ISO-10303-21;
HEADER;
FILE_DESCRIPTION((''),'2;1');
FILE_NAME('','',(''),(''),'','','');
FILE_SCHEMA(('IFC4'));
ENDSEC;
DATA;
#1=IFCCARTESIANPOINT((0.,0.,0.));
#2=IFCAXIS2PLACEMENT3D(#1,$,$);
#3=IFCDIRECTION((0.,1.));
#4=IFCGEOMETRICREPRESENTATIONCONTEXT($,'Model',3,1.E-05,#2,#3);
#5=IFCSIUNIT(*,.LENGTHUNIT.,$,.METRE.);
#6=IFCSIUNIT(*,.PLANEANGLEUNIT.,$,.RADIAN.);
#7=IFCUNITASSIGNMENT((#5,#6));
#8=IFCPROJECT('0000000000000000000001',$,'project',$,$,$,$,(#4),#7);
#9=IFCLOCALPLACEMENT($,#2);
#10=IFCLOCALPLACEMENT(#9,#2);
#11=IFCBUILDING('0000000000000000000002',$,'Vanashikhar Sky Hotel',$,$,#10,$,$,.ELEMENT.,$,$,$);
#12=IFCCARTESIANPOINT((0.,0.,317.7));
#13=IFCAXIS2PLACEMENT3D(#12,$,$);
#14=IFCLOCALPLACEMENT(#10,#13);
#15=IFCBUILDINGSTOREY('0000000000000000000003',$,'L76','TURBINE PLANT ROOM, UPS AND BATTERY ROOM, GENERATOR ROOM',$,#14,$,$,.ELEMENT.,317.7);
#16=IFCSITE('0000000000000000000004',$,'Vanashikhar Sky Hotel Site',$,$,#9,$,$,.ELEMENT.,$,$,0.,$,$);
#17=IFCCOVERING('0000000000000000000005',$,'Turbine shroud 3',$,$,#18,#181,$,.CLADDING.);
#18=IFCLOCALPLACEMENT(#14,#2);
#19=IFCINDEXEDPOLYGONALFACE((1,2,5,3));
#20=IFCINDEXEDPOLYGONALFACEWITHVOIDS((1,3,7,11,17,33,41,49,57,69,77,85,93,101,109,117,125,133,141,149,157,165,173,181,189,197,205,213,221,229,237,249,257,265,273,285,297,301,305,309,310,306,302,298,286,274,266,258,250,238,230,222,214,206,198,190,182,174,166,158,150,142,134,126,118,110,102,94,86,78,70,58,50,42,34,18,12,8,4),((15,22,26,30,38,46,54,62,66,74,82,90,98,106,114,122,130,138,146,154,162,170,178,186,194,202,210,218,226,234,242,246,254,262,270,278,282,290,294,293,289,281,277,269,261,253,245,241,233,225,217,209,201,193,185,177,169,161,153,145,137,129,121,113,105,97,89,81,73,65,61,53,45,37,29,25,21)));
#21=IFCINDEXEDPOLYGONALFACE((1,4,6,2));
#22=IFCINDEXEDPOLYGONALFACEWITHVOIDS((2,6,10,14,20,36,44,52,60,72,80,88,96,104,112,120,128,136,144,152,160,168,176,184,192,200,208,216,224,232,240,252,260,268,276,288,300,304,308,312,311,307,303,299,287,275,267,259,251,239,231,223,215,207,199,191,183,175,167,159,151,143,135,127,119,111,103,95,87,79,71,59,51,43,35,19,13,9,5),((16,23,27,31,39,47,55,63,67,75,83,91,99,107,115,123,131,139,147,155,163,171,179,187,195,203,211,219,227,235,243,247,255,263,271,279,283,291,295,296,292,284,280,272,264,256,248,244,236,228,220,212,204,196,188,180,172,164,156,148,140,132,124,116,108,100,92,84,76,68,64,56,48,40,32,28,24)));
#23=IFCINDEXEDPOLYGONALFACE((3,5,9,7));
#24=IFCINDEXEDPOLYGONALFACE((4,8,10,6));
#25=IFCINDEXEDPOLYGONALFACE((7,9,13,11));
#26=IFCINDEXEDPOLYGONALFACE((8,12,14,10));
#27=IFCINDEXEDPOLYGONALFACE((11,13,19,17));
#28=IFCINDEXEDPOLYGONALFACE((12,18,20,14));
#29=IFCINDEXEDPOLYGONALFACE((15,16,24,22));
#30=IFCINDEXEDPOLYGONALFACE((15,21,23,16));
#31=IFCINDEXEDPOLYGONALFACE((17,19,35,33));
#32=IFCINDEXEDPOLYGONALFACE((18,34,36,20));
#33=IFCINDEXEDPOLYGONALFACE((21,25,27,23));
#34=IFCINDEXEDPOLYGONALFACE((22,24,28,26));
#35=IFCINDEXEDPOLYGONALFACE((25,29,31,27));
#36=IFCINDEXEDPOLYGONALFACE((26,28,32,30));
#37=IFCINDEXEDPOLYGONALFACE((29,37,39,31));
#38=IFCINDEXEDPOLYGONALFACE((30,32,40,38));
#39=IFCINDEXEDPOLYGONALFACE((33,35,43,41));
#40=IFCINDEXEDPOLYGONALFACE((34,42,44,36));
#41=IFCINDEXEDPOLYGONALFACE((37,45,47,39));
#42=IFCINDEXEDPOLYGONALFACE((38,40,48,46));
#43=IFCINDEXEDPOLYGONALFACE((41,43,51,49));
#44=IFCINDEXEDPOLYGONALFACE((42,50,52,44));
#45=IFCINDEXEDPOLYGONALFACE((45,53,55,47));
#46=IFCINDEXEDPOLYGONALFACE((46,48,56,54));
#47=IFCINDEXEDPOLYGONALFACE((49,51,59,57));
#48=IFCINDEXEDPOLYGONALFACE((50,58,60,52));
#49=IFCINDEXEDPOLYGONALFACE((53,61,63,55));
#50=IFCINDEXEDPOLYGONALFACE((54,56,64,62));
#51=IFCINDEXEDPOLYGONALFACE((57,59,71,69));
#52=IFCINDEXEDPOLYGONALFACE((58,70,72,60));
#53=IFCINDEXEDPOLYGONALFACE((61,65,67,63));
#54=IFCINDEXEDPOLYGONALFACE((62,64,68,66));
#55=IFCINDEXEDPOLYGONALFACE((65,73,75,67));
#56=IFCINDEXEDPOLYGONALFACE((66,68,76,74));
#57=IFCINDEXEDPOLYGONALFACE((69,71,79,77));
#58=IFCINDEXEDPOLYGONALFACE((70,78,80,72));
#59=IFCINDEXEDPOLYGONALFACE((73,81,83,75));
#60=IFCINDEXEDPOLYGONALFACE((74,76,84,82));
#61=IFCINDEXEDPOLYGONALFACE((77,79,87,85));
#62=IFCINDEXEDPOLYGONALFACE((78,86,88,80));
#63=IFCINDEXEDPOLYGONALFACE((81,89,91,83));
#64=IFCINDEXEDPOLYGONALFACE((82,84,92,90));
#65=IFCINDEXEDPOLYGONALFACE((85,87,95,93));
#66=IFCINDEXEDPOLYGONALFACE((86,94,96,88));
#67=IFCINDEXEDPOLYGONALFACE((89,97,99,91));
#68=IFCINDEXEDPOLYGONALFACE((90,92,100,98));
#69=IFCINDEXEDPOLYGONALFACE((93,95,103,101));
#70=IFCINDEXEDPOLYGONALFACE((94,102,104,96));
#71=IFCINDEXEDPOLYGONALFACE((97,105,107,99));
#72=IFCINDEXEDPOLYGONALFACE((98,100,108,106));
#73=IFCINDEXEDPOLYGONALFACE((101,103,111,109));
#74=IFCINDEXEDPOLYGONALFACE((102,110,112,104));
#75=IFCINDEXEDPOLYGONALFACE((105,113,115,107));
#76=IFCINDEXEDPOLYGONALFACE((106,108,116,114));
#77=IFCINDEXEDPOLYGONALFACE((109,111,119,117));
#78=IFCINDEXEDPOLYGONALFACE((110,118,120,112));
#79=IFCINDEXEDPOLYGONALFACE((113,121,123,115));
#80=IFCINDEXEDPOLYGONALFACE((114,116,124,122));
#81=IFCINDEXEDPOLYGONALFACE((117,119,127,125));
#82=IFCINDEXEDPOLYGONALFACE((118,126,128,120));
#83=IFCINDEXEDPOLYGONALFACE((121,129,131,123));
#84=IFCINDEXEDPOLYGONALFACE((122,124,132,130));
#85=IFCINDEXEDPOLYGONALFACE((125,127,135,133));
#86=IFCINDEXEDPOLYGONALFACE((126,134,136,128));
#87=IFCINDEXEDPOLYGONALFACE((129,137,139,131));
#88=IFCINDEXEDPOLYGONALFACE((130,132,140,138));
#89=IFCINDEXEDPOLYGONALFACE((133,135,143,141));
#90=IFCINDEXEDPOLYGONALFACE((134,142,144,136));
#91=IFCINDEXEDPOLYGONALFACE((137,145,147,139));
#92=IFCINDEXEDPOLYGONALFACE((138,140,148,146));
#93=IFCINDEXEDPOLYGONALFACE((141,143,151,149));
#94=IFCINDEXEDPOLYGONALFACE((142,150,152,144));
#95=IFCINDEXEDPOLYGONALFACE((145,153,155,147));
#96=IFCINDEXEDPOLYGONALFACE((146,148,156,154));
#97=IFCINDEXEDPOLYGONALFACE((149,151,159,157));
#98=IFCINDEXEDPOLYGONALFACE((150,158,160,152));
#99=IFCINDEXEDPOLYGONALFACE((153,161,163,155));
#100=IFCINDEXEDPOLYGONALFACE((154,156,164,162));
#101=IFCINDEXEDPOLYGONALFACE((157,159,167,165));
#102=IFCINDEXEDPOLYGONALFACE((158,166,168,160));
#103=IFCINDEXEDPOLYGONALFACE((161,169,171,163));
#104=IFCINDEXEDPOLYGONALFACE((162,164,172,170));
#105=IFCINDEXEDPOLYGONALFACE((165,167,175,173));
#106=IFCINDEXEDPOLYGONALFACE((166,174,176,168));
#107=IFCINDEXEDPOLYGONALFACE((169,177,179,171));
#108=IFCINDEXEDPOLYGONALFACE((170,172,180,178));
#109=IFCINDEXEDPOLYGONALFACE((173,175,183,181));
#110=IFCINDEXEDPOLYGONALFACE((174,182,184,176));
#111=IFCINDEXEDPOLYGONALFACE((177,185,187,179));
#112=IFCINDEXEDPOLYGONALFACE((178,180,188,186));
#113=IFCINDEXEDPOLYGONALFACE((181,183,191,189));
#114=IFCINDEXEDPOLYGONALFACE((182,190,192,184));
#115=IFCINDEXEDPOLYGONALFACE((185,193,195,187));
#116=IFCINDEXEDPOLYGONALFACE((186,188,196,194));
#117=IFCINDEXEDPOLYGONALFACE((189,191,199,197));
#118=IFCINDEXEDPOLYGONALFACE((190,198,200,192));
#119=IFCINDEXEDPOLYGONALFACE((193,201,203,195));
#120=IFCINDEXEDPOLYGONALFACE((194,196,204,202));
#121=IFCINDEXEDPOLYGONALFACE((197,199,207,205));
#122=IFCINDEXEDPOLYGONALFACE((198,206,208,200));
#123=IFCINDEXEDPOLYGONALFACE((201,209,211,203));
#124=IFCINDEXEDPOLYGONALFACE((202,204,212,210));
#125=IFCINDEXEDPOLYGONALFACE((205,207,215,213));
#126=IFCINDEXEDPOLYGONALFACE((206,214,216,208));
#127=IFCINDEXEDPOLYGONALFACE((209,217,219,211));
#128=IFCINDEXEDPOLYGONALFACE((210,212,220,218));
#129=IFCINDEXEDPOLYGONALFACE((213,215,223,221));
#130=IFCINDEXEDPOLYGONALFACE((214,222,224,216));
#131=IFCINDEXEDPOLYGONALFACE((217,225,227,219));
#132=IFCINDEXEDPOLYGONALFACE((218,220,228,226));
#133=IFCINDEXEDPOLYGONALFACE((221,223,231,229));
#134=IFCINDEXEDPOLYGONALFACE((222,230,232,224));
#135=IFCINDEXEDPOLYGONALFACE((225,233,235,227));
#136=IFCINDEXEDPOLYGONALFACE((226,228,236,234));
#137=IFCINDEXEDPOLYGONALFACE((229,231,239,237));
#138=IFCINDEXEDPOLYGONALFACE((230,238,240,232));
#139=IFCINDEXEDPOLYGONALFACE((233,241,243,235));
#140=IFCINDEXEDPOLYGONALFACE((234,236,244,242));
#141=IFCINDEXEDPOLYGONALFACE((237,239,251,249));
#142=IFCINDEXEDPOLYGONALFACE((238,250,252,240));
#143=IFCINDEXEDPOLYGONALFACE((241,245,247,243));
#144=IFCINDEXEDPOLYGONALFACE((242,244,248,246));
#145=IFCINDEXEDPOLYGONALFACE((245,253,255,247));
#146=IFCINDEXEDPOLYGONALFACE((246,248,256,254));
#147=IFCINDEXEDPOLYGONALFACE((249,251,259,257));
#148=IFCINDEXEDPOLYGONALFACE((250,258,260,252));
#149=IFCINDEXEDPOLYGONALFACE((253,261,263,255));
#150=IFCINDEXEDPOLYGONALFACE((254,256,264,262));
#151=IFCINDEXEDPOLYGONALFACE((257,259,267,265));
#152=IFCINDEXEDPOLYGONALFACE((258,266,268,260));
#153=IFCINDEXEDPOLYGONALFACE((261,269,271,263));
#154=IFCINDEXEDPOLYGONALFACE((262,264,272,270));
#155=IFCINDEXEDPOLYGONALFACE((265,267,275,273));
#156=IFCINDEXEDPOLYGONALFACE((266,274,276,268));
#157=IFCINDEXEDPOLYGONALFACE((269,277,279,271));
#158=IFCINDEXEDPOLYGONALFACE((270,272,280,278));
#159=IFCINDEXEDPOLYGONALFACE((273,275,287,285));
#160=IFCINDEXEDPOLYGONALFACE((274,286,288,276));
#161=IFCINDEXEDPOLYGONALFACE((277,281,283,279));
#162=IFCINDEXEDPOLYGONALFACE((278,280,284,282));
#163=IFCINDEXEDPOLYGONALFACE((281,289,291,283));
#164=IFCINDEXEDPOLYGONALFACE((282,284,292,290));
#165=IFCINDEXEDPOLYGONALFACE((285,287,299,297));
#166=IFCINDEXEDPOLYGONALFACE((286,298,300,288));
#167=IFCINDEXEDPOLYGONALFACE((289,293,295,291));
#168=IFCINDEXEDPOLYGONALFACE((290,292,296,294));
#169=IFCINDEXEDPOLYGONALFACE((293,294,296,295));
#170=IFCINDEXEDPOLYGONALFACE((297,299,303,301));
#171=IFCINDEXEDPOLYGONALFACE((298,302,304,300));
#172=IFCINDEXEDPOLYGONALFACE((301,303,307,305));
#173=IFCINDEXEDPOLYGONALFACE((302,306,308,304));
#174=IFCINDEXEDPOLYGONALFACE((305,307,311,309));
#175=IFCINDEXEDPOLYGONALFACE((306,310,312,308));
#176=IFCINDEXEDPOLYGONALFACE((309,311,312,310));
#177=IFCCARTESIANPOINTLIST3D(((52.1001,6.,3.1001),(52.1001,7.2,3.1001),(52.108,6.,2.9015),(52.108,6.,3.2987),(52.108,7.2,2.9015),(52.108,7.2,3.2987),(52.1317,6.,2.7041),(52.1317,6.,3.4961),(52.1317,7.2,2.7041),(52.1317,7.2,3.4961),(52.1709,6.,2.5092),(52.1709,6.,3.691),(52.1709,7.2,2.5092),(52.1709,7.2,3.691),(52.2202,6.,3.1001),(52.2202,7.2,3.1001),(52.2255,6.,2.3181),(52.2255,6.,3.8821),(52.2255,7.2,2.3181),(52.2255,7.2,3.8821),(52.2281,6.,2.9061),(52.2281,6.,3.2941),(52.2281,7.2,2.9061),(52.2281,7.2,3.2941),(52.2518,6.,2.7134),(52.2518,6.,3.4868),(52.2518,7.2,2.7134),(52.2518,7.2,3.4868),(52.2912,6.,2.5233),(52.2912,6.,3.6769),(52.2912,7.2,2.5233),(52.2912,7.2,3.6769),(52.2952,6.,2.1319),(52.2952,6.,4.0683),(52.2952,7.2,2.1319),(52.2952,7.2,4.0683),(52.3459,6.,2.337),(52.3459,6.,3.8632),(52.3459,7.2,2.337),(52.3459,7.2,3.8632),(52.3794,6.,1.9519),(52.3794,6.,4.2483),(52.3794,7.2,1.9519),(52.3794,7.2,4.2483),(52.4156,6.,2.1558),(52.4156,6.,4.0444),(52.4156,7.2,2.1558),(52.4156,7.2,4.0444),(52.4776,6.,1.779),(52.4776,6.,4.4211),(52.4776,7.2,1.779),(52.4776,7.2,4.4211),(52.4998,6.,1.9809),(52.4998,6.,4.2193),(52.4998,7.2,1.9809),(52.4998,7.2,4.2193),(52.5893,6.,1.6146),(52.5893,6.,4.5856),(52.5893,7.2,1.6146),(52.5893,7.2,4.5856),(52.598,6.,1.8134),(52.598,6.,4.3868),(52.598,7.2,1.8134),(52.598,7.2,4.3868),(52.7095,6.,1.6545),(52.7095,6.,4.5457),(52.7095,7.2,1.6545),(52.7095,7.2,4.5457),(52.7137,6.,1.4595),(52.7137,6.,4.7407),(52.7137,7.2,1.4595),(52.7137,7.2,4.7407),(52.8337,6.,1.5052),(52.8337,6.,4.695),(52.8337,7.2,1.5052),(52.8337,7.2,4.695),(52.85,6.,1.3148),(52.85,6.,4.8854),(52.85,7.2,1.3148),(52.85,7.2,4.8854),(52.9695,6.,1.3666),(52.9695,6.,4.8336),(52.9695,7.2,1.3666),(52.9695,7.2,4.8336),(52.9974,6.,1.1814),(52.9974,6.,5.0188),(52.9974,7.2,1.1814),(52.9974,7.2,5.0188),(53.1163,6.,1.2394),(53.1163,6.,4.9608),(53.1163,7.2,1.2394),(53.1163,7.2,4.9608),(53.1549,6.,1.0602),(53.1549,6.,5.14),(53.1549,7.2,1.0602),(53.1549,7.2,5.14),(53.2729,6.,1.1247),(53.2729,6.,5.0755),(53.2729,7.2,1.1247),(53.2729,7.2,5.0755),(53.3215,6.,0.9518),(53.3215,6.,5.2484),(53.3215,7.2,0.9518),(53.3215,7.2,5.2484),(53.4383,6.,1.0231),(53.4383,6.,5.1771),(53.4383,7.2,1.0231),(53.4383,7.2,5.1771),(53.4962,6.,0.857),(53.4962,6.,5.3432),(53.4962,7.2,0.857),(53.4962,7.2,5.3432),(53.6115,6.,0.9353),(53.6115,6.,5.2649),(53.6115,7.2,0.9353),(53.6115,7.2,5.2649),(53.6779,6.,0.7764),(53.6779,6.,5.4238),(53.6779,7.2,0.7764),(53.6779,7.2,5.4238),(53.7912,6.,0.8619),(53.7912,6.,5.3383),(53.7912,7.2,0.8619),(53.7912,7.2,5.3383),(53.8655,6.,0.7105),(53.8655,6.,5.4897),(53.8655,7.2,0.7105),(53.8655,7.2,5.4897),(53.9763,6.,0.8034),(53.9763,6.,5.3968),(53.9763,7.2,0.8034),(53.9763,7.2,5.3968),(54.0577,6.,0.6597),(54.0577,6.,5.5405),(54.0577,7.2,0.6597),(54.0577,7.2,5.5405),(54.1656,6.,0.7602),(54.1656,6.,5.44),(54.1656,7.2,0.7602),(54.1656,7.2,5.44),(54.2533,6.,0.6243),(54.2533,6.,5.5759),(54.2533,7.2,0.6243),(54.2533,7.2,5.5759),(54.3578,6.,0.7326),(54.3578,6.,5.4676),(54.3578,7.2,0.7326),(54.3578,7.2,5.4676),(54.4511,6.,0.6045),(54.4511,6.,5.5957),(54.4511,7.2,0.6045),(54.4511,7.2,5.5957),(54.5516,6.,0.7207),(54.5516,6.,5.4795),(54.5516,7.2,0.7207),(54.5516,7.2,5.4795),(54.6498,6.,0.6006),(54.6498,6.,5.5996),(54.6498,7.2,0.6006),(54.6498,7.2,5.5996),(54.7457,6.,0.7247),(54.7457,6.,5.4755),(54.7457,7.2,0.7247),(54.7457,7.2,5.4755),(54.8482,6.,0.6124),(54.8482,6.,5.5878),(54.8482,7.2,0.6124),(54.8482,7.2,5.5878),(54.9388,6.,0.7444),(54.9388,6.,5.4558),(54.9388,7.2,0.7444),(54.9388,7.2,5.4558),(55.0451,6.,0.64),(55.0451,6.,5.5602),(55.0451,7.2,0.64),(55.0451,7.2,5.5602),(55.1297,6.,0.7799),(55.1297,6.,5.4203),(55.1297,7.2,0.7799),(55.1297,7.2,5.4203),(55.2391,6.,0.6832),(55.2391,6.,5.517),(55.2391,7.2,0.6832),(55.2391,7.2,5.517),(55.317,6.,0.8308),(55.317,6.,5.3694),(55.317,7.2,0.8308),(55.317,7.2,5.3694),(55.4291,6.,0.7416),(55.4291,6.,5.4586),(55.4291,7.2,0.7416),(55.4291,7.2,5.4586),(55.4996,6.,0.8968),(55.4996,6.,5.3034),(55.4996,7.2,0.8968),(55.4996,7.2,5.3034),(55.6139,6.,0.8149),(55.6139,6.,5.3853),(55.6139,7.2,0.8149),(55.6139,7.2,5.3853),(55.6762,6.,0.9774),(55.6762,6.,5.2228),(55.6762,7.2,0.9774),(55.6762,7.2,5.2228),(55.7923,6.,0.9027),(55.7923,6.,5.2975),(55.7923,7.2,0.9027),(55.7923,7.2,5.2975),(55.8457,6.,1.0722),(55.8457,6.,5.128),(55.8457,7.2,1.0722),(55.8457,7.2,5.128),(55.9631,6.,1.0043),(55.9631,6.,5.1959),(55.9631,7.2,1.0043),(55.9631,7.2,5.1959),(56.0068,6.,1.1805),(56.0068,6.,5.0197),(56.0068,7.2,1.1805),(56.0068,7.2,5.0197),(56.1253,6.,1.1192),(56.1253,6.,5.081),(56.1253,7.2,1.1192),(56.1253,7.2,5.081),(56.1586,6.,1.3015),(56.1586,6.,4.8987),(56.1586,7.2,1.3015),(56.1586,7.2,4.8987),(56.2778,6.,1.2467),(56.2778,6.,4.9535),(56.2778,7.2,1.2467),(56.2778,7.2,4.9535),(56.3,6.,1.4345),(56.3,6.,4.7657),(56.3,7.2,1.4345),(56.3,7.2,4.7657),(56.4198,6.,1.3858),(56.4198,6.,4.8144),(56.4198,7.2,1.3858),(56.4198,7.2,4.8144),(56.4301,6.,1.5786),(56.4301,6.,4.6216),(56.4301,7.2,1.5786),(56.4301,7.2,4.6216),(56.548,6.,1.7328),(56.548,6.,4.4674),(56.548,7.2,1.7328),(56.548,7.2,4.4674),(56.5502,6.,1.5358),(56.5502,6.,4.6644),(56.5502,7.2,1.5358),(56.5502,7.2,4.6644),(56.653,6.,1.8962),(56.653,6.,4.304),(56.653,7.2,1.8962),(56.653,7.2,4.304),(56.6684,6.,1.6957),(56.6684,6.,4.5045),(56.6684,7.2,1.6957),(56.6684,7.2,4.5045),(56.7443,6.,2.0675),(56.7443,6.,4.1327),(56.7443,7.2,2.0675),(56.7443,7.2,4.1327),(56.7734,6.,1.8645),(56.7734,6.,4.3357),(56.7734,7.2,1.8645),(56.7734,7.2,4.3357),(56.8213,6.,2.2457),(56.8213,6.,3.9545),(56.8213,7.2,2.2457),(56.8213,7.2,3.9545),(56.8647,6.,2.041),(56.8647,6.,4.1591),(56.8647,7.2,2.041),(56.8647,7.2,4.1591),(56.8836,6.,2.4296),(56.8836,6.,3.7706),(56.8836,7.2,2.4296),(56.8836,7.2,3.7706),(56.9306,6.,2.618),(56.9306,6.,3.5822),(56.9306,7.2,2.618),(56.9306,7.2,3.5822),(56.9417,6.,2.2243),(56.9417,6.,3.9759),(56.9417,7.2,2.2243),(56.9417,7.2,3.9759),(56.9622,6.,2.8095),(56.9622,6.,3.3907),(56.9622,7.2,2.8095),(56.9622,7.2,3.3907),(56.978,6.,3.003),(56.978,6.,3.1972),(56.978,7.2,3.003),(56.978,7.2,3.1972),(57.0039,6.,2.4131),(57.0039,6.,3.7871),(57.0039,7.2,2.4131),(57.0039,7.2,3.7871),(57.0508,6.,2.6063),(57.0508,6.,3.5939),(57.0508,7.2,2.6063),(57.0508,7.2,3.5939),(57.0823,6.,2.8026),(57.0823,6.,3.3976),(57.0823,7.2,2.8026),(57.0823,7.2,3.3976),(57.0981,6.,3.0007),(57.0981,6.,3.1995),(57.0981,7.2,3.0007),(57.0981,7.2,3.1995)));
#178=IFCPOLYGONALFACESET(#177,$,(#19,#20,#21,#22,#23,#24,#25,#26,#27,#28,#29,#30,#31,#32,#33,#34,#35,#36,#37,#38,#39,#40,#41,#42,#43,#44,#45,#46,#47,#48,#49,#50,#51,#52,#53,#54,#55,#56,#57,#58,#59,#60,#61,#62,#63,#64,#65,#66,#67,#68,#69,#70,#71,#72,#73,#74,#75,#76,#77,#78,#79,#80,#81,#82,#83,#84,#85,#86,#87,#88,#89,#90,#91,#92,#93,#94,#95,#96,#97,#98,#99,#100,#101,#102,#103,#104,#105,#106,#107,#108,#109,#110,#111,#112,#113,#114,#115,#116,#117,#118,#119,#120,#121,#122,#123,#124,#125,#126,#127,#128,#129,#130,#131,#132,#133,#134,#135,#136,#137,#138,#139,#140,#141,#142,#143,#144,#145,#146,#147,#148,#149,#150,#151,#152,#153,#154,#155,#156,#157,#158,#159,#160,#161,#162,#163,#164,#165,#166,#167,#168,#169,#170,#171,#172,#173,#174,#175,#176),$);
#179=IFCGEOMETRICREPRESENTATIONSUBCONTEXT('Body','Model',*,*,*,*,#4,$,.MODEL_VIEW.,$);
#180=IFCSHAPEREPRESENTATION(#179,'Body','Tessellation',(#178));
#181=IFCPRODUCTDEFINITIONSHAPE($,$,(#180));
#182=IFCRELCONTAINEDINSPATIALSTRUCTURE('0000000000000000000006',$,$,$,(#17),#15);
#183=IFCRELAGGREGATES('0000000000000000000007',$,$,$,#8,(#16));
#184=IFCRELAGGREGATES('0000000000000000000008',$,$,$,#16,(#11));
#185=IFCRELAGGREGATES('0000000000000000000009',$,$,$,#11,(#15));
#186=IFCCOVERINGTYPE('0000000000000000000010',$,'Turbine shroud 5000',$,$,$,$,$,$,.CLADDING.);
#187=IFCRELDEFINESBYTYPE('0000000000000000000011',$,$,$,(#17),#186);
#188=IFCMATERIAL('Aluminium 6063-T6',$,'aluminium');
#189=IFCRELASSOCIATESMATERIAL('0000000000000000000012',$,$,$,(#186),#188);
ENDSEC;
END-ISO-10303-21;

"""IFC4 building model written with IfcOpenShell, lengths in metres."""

from ifc_helpers import new_model, si_unit, direction, frame, origin, origin_2d, place, context, subcontext, project, spatial, hollow_circle, extrude, source, transform, mapped, material, material_profile, profile_set, type_object, element, save


model = new_model("IFC4")

# Units and contexts
model_context = context("Model", 3, precision=1e-05, world=origin(), true_north=direction((0.0, 1.0)))
body_context = subcontext(model_context, "Body", "Model", "MODEL_VIEW")
ifc_project = project(units=[si_unit("LENGTHUNIT", "METRE"), si_unit("PLANEANGLEUNIT", "RADIAN")], contexts=[model_context])

# Site, building, storey
site_placement = place(None, origin())
site = spatial("IfcSite", under=ifc_project, at=site_placement, Name="Vanashikhar Sky Hotel Site", CompositionType="ELEMENT", RefElevation=0.0)
building_placement = place(site_placement, origin())
building = spatial("IfcBuilding", under=site, at=building_placement, Name="Vanashikhar Sky Hotel", CompositionType="ELEMENT")
storey_placement = place(building_placement, frame((0.0, 0.0, 317.7)))
storey = spatial("IfcBuildingStorey", under=building, at=storey_placement, Name="L76", Description="TURBINE PLANT ROOM, UPS AND BATTERY ROOM, GENERATOR ROOM", CompositionType="ELEMENT", Elevation=317.7)

# Covering
ifc_material_1 = material(Name="Aluminium 6063-T6", Category="aluminium")
ifc_material_profile_1 = material_profile(ifc_material_1, hollow_circle(Radius=2.5, WallThickness=0.1201, at=origin_2d()))
ifc_profile_set_1 = profile_set([ifc_material_profile_1], Name="Turbine shroud 5000")
covering_type_1 = type_object("IfcCoveringType", Name="Turbine shroud 5000", PredefinedType="CLADDING", material=ifc_profile_set_1)
shared_shape_1 = source(origin(), body_context, "Body", "SweptSolid", [
    extrude(hollow_circle(Radius=2.5, WallThickness=0.1201, at=origin_2d()), origin(), (0.0, 0.0, 1.0), 1.2),
])
covering_1_placement = place(storey_placement, frame((54.6001, 6.0, 3.1001), z_axis=(0.0, 1.0, 0.0), x_axis=(-1.0, 0.0, 0.0)))
element("IfcCovering", 1, at=covering_1_placement, inside=storey, type_object=covering_type_1, Name="Turbine shroud 3", PredefinedType="CLADDING", context=body_context, shape_type="MappedRepresentation", body=[
    mapped(shared_shape_1, transform((0.0, 0.0, 0.0), scale=1.0)),
])

save(model, "model.ifc")
